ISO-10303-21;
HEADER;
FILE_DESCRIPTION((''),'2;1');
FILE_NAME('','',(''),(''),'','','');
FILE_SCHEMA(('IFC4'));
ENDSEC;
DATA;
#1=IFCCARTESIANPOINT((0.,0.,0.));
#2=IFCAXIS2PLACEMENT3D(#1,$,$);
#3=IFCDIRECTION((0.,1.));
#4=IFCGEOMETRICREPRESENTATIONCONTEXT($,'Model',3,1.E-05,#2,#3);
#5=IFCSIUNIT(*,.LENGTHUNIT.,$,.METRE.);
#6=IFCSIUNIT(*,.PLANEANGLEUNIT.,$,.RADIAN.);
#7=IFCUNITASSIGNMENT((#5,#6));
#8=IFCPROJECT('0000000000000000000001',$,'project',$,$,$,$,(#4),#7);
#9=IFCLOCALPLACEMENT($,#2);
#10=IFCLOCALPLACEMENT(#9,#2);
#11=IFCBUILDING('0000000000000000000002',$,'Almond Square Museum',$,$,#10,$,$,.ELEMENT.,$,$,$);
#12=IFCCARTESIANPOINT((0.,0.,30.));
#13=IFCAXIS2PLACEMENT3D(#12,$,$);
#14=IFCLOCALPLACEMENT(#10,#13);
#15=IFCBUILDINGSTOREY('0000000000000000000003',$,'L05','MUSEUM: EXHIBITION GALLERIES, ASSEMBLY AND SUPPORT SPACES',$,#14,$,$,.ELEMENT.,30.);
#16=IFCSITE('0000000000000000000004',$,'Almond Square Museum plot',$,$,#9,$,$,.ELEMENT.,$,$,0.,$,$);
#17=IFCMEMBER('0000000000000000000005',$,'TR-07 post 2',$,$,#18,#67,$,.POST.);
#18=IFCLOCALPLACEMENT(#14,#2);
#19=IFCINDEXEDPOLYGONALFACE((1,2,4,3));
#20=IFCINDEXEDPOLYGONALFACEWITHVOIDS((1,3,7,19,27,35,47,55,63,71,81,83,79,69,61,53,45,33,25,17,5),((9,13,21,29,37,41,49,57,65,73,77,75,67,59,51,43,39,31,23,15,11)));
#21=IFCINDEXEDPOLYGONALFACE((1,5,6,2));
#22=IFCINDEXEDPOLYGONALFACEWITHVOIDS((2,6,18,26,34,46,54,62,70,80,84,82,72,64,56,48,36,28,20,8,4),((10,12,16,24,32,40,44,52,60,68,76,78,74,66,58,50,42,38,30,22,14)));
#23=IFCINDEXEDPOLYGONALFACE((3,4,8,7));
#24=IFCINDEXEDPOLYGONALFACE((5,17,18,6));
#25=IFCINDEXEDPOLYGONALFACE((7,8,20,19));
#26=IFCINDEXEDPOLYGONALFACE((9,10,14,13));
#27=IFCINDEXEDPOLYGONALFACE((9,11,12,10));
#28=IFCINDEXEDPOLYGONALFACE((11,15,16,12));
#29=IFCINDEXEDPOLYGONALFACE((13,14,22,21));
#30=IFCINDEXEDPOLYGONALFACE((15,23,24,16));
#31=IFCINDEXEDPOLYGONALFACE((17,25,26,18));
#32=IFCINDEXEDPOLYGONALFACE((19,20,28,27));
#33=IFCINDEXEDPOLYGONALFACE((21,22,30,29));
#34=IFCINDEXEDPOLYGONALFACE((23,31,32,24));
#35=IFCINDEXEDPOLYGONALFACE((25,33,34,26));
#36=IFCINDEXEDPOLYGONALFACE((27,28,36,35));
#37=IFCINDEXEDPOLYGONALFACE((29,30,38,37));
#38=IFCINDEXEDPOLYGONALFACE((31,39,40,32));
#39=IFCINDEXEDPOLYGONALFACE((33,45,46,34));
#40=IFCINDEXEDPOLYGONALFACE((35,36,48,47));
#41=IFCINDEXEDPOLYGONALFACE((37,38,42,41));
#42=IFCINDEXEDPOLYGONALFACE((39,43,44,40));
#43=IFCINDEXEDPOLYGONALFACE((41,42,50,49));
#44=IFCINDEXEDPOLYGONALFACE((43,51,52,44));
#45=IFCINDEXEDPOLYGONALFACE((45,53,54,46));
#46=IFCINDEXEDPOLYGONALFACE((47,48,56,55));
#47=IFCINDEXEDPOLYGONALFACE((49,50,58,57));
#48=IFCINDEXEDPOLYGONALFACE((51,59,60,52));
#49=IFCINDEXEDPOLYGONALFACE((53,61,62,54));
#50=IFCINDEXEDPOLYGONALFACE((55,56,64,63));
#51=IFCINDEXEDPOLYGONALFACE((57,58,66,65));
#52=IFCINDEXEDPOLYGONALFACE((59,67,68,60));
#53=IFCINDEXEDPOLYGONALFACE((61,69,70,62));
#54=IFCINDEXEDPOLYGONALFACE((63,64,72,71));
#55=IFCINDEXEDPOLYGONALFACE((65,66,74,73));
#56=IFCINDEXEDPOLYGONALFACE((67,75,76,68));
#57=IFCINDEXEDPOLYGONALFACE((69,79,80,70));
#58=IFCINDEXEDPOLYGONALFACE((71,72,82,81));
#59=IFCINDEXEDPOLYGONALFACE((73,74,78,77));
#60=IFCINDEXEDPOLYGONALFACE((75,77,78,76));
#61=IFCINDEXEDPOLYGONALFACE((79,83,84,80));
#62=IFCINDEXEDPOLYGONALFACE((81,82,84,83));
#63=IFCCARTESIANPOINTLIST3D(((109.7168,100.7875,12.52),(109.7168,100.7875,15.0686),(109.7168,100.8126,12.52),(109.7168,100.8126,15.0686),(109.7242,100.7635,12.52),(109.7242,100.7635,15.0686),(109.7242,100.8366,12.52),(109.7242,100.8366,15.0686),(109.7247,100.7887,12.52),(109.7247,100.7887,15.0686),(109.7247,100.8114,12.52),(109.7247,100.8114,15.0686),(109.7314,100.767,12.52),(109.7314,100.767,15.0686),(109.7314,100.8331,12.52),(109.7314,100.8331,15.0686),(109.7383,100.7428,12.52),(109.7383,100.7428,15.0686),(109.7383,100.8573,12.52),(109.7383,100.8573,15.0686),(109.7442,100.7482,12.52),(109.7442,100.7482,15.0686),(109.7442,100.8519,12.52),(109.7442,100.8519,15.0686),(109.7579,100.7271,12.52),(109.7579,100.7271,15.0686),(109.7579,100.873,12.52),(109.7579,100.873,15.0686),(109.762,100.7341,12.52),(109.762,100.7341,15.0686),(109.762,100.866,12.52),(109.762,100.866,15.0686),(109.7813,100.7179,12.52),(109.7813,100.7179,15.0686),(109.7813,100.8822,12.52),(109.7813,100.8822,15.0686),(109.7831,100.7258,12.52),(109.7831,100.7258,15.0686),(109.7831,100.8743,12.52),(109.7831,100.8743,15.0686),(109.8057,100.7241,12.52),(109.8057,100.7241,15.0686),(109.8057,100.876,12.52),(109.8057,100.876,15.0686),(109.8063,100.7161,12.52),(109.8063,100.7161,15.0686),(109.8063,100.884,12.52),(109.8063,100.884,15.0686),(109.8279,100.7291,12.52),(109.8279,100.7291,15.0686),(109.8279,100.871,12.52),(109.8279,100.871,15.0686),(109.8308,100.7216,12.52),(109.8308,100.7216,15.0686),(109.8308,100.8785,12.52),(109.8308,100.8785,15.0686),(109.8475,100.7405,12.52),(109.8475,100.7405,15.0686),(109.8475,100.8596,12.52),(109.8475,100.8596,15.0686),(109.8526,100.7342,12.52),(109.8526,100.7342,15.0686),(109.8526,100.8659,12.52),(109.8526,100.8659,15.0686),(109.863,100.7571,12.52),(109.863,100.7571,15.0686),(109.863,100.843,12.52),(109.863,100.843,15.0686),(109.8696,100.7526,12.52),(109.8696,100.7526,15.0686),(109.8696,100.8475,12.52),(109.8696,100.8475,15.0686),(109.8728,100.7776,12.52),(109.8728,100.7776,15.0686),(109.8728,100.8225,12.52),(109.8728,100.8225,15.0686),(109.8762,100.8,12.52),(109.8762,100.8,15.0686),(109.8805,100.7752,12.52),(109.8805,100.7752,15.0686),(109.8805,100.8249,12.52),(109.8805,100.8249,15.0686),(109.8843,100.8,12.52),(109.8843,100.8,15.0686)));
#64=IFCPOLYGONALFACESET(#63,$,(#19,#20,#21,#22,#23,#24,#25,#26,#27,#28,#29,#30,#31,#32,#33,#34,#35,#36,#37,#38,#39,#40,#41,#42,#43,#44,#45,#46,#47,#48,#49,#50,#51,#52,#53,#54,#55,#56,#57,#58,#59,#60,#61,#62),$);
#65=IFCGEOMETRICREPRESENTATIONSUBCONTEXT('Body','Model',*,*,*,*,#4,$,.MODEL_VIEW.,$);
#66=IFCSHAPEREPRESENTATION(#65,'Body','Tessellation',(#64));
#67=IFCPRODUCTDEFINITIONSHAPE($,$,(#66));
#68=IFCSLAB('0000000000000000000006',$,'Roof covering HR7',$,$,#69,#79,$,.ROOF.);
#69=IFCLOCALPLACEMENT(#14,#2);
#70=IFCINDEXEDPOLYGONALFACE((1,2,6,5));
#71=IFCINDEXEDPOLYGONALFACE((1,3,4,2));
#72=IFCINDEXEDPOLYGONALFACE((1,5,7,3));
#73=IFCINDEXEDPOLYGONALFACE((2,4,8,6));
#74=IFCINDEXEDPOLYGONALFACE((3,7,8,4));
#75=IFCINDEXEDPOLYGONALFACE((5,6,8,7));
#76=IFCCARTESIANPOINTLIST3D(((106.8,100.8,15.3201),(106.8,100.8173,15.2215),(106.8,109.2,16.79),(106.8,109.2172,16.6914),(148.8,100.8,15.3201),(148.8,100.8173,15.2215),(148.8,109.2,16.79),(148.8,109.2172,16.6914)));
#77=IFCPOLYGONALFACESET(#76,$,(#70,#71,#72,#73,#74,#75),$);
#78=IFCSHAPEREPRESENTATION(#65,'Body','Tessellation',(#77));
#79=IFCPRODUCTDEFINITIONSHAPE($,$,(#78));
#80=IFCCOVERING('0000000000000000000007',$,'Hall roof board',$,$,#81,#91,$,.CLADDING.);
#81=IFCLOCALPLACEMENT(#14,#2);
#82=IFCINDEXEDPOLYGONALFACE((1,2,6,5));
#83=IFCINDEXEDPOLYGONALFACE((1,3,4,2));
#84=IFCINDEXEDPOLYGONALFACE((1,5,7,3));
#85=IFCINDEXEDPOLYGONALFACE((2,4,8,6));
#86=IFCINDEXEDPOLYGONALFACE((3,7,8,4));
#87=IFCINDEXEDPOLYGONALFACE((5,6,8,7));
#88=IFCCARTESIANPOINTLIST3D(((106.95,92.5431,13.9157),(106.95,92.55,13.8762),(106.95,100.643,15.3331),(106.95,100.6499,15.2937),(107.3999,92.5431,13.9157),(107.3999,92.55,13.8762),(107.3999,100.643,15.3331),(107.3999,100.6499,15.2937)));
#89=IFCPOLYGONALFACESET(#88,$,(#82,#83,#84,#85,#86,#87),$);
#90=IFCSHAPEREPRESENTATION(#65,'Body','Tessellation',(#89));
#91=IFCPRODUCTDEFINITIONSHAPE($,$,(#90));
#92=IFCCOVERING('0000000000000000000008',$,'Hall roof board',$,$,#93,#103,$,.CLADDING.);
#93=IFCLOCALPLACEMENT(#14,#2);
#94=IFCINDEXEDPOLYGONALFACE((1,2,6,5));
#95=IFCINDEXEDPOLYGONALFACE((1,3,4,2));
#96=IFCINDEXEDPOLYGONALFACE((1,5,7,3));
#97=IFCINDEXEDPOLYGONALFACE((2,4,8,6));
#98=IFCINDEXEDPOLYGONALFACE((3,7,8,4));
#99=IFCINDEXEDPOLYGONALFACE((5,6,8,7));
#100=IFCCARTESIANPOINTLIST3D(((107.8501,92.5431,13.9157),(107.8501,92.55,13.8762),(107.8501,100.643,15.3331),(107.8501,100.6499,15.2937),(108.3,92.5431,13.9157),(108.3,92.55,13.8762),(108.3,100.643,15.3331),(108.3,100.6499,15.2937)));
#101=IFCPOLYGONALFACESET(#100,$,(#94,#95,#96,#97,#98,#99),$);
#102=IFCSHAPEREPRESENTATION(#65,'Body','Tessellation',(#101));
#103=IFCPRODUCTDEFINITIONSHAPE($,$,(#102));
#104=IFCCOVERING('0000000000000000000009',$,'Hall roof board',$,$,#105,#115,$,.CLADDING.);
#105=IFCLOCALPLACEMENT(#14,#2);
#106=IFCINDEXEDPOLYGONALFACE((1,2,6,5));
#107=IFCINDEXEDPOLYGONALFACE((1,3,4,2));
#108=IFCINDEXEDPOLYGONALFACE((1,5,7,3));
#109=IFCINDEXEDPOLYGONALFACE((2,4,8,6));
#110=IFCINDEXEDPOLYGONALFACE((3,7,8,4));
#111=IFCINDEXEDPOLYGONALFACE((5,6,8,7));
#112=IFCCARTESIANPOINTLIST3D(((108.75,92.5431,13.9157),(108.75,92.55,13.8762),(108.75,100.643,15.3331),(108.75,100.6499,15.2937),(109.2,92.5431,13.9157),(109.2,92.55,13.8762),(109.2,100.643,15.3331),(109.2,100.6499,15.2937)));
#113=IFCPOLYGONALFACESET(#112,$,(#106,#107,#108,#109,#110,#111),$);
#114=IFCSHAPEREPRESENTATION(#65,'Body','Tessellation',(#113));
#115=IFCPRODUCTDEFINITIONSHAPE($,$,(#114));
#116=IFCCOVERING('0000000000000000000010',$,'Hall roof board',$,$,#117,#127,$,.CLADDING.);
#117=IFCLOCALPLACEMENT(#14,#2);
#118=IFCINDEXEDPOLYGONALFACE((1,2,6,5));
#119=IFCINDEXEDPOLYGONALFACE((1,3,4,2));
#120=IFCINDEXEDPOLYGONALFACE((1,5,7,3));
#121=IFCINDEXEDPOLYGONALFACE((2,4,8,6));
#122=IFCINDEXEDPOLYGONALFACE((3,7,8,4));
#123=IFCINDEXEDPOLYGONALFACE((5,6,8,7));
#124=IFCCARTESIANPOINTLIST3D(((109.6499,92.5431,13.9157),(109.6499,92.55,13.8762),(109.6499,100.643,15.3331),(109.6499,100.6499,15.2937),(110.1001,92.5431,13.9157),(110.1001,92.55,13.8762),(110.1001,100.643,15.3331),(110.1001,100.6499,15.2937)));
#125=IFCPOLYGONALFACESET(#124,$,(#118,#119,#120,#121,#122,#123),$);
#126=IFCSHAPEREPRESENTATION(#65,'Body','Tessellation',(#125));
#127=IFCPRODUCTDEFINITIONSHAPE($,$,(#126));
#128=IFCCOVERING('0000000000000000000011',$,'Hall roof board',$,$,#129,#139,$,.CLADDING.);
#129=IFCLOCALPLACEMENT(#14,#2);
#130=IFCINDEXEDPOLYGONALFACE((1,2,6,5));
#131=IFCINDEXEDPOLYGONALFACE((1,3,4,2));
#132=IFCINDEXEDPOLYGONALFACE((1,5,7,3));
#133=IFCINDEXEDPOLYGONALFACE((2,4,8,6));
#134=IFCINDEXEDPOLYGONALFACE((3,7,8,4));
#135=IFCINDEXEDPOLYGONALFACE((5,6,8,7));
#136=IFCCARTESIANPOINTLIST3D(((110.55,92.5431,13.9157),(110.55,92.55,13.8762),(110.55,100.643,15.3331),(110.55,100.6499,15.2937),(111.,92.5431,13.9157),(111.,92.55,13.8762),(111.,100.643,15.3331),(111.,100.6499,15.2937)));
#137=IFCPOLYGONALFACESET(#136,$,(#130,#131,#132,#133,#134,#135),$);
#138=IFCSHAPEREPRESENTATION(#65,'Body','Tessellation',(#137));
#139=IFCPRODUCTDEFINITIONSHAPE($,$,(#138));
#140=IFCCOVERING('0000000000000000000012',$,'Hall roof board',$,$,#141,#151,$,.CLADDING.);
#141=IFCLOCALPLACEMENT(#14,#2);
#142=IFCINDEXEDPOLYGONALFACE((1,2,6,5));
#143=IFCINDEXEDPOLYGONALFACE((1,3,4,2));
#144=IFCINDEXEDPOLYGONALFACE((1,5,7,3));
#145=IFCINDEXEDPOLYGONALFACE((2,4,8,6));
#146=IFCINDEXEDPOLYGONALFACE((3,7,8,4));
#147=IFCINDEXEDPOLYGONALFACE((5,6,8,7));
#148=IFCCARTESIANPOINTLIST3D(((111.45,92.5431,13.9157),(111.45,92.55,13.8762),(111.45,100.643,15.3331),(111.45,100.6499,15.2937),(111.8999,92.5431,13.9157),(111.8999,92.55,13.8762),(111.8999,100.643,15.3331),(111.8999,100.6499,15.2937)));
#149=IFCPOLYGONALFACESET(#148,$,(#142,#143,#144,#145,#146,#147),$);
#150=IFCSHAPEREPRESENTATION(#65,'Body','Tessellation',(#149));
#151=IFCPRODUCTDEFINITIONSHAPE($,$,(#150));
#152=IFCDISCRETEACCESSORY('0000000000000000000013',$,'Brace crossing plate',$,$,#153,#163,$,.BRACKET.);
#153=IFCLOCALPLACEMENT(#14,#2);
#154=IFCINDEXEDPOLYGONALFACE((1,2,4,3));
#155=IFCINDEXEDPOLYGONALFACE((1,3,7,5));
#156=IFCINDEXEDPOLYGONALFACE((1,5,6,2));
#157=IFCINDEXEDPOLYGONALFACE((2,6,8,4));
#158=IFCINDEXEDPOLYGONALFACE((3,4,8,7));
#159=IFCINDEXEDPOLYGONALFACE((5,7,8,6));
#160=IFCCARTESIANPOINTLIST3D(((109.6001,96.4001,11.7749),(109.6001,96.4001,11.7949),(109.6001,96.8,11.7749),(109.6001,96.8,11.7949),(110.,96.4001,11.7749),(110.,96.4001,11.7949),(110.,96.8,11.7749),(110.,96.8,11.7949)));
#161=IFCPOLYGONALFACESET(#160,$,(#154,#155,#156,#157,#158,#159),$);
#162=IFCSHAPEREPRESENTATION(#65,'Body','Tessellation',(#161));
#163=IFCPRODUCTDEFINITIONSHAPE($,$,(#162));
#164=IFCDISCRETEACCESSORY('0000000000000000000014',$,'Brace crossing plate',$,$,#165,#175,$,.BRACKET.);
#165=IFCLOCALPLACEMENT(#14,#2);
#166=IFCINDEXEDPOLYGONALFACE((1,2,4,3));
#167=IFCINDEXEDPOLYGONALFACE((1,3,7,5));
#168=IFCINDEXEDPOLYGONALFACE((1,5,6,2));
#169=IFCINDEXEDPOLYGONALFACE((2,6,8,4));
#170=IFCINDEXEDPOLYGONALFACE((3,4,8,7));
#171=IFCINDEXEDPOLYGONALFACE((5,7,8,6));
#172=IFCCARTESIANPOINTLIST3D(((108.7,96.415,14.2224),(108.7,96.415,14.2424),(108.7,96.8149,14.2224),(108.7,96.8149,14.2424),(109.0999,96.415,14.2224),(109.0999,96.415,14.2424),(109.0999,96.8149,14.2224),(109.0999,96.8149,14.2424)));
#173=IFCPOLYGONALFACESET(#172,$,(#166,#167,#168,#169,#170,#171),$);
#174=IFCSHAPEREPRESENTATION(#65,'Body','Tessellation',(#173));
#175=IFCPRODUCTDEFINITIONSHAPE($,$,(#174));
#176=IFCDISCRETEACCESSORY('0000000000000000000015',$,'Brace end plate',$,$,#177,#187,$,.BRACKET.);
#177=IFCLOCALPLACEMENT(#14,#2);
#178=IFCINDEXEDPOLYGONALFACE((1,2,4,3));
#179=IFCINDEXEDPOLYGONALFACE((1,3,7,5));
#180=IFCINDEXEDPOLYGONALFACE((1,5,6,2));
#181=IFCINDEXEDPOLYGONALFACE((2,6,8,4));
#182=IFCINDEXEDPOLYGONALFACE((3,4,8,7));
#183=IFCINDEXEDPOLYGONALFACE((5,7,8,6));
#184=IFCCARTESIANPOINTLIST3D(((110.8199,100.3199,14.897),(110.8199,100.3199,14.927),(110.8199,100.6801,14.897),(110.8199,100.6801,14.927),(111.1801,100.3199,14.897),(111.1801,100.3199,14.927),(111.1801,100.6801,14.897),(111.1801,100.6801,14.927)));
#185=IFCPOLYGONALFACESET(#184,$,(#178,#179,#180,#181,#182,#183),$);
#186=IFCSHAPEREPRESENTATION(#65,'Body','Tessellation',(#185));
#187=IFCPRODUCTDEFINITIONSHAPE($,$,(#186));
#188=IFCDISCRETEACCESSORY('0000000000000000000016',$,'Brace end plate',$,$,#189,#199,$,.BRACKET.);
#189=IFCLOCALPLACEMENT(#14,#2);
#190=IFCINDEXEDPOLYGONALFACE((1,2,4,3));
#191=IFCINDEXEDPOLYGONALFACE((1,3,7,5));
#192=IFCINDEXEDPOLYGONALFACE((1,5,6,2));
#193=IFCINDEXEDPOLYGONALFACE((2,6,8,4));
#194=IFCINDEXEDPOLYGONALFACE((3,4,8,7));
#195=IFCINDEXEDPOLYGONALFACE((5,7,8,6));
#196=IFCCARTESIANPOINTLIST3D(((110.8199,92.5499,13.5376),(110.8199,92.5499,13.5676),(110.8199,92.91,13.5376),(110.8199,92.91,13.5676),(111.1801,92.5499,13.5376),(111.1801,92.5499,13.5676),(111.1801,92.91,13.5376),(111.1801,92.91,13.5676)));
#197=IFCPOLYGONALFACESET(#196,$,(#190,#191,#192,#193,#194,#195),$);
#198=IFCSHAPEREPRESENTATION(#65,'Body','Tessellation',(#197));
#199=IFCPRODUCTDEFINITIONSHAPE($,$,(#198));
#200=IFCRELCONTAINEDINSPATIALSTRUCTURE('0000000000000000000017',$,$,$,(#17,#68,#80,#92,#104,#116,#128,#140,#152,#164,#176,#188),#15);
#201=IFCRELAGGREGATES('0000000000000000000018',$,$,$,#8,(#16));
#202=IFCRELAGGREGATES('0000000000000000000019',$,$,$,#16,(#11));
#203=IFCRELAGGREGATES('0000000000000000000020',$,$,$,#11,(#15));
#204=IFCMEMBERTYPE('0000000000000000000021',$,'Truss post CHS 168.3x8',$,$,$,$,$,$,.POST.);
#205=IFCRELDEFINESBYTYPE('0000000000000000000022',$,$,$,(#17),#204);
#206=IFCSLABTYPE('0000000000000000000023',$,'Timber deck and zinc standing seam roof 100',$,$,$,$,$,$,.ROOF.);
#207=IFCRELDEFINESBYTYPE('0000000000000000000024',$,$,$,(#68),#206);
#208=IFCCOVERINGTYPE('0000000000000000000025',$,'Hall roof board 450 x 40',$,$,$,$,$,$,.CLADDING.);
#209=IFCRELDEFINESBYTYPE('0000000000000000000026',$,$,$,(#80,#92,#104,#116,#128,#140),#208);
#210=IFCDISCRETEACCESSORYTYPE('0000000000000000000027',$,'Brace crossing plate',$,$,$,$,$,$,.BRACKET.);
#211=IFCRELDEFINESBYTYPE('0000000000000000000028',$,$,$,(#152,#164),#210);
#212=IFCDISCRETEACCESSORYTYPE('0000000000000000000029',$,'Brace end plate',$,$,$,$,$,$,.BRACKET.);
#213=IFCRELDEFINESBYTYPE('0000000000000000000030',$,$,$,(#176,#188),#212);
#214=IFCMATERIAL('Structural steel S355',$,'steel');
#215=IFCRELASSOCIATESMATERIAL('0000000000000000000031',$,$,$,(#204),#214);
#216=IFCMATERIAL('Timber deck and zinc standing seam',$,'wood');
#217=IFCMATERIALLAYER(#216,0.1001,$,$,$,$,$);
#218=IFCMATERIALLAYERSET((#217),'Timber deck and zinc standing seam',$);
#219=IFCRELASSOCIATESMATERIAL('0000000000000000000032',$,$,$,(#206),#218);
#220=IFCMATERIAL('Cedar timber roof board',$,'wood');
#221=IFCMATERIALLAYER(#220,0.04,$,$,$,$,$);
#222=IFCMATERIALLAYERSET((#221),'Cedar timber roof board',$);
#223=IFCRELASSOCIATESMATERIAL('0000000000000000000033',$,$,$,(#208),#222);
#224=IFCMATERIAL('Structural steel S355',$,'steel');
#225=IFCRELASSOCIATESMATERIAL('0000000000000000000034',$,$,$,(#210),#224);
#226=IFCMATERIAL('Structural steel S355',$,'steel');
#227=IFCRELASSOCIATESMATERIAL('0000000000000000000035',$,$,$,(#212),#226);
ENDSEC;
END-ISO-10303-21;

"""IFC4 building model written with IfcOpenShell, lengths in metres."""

from ifc_helpers import new_model, si_unit, direction, frame, origin, origin_2d, place, context, subcontext, project, spatial, polyline, rectangle, hollow_circle, outline, extrude, material, layer, layer_set, material_profile, profile_set, type_object, element, save


model = new_model("IFC4")

# Units and contexts
model_context = context("Model", 3, precision=1e-05, world=origin(), true_north=direction((0.0, 1.0)))
body_context = subcontext(model_context, "Body", "Model", "MODEL_VIEW")
ifc_project = project(units=[si_unit("LENGTHUNIT", "METRE"), si_unit("PLANEANGLEUNIT", "RADIAN")], contexts=[model_context])

# Site, building, storey
site_placement = place(None, origin())
site = spatial("IfcSite", under=ifc_project, at=site_placement, Name="Almond Square Museum plot", CompositionType="ELEMENT", RefElevation=0.0)
building_placement = place(site_placement, origin())
building = spatial("IfcBuilding", under=site, at=building_placement, Name="Almond Square Museum", CompositionType="ELEMENT")
storey_placement = place(building_placement, frame((0.0, 0.0, 30.0)))
storey = spatial("IfcBuildingStorey", under=building, at=storey_placement, Name="L05", Description="MUSEUM: EXHIBITION GALLERIES, ASSEMBLY AND SUPPORT SPACES", CompositionType="ELEMENT", Elevation=30.0)

# Member
ifc_material_1 = material(Name="Structural steel S355", Category="steel")
ifc_material_profile_1 = material_profile(ifc_material_1, hollow_circle(Radius=0.0842, WallThickness=0.0081, at=origin_2d()))
ifc_profile_set_1 = profile_set([ifc_material_profile_1], Name="Structural steel S355")
member_type_1 = type_object("IfcMemberType", Name="Truss post CHS 168.3x8", PredefinedType="POST", material=ifc_profile_set_1)
member_1_placement = place(storey_placement, frame((109.8, 100.8, 12.52), z_axis=(0.0, 0.0, 1.0), x_axis=(1.0, 0.0, 0.0)))
element("IfcMember", 1, at=member_1_placement, inside=storey, type_object=member_type_1, Name="TR-07 post 2", PredefinedType="POST", context=body_context, shape_type="SweptSolid", body=[
    extrude(hollow_circle(Radius=0.0842, WallThickness=0.0081, at=origin_2d()), origin(), (0.0, 0.0, 1.0), 2.5486),
])

# Shared definitions
ifc_material_2 = material(Name="Timber deck and zinc standing seam", Category="wood")
ifc_layer_1 = layer(ifc_material_2, 0.1001)
ifc_layer_set_1 = layer_set([ifc_layer_1], Name="Timber deck and zinc standing seam")
slab_type = type_object("IfcSlabType", Name="Timber deck and zinc standing seam roof 100", PredefinedType="ROOF", material=ifc_layer_set_1)

# Slab
slab_1_placement = place(storey_placement, frame((106.8, 100.8, 15.3201), z_axis=(0.0, -0.172379, 0.985031), x_axis=(1.0, 0.0, 0.0)))
element("IfcSlab", 2, at=slab_1_placement, inside=storey, type_object=slab_type, Name="Roof covering HR7", PredefinedType="ROOF", context=body_context, shape_type="SweptSolid", body=[
    extrude(outline(polyline([(0.0, 0.0), (42.0, 0.0), (42.0, 8.5276), (0.0, 8.5276), (0.0, 0.0)])), origin(), (0.0, 0.0, -1.0), 0.1001),
])

# Coverings
ifc_material_3 = material(Name="Cedar timber roof board", Category="wood")
ifc_layer_2 = layer(ifc_material_3, 0.04)
ifc_layer_set_2 = layer_set([ifc_layer_2], Name="Cedar timber roof board")
covering_type = type_object("IfcCoveringType", Name="Hall roof board 450 x 40", PredefinedType="CLADDING", material=ifc_layer_set_2)
for number, where, z_axis, x_axis, name in (
    (3, (107.3999, 100.6499, 15.2937), (0.0, -0.172381, 0.98503), (-1.0, 0.0, 0.0), "Hall roof board"),
    (4, (108.3, 100.6499, 15.2937), (0.0, -0.172381, 0.98503), (-1.0, 0.0, 0.0), "Hall roof board"),
    (5, (109.2, 100.6499, 15.2937), (0.0, -0.172381, 0.98503), (-1.0, 0.0, 0.0), "Hall roof board"),
):
    element("IfcCovering", number, at=place(storey_placement, frame(where, z_axis=z_axis, x_axis=x_axis)), inside=storey, type_object=covering_type, Name=name, PredefinedType="CLADDING", context=body_context, shape_type="SweptSolid", body=[
        extrude(outline(polyline([(0.0, 0.0), (0.45, 0.0), (0.45, 8.2229), (0.0, 8.2229), (0.0, 0.0)])), origin(), (0.0, 0.0, 1.0), 0.04),
    ])
covering_placement = place(storey_placement, frame((110.1001, 100.6499, 15.2937), z_axis=(0.0, -0.172381, 0.98503), x_axis=(-1.0, 0.0, 0.0)))
element("IfcCovering", 6, at=covering_placement, inside=storey, type_object=covering_type, Name="Hall roof board", PredefinedType="CLADDING", context=body_context, shape_type="SweptSolid", body=[
    extrude(outline(polyline([(0.0, 0.0), (0.4502, 0.0), (0.4502, 8.2229), (0.0, 8.2229), (0.0, 0.0)])), origin(), (0.0, 0.0, 1.0), 0.04),
])
for number, where, z_axis, x_axis, name in (
    (7, (111.0, 100.6499, 15.2937), (0.0, -0.172381, 0.98503), (-1.0, 0.0, 0.0), "Hall roof board"),
    (8, (111.8999, 100.6499, 15.2937), (0.0, -0.172381, 0.98503), (-1.0, 0.0, 0.0), "Hall roof board"),
):
    element("IfcCovering", number, at=place(storey_placement, frame(where, z_axis=z_axis, x_axis=x_axis)), inside=storey, type_object=covering_type, Name=name, PredefinedType="CLADDING", context=body_context, shape_type="SweptSolid", body=[
        extrude(outline(polyline([(0.0, 0.0), (0.45, 0.0), (0.45, 8.2229), (0.0, 8.2229), (0.0, 0.0)])), origin(), (0.0, 0.0, 1.0), 0.04),
    ])

# Discrete accessories
ifc_material_4 = material(Name="Structural steel S355", Category="steel")
discrete_accessory_type_1 = type_object("IfcDiscreteAccessoryType", Name="Brace crossing plate", PredefinedType="BRACKET", material=ifc_material_4)
for number, where, z_axis, x_axis, name in (
    (9, (109.8, 96.6001, 11.7749), (0.0, 0.0, 1.0), (1.0, 0.0, 0.0), "Brace crossing plate"),
    (10, (108.8999, 96.615, 14.2224), (0.0, 0.0, 1.0), (1.0, 0.0, 0.0), "Brace crossing plate"),
):
    element("IfcDiscreteAccessory", number, at=place(storey_placement, frame(where, z_axis=z_axis, x_axis=x_axis)), inside=storey, type_object=discrete_accessory_type_1, Name=name, PredefinedType="BRACKET", context=body_context, shape_type="SweptSolid", body=[
        extrude(rectangle(XDim=0.3999, YDim=0.3999, at=origin_2d()), origin(), (0.0, 0.0, 1.0), 0.02),
    ])
ifc_material_5 = material(Name="Structural steel S355", Category="steel")
discrete_accessory_type_2 = type_object("IfcDiscreteAccessoryType", Name="Brace end plate", PredefinedType="BRACKET", material=ifc_material_5)
for number, where, z_axis, x_axis, name in (
    (11, (111.0, 100.5, 14.897), (0.0, 0.0, 1.0), (1.0, 0.0, 0.0), "Brace end plate"),
    (12, (111.0, 92.73, 13.5376), (0.0, 0.0, 1.0), (1.0, 0.0, 0.0), "Brace end plate"),
):
    element("IfcDiscreteAccessory", number, at=place(storey_placement, frame(where, z_axis=z_axis, x_axis=x_axis)), inside=storey, type_object=discrete_accessory_type_2, Name=name, PredefinedType="BRACKET", context=body_context, shape_type="SweptSolid", body=[
        extrude(rectangle(XDim=0.3601, YDim=0.3601, at=origin_2d()), origin(), (0.0, 0.0, 1.0), 0.03),
    ])

save(model, "model.ifc")
